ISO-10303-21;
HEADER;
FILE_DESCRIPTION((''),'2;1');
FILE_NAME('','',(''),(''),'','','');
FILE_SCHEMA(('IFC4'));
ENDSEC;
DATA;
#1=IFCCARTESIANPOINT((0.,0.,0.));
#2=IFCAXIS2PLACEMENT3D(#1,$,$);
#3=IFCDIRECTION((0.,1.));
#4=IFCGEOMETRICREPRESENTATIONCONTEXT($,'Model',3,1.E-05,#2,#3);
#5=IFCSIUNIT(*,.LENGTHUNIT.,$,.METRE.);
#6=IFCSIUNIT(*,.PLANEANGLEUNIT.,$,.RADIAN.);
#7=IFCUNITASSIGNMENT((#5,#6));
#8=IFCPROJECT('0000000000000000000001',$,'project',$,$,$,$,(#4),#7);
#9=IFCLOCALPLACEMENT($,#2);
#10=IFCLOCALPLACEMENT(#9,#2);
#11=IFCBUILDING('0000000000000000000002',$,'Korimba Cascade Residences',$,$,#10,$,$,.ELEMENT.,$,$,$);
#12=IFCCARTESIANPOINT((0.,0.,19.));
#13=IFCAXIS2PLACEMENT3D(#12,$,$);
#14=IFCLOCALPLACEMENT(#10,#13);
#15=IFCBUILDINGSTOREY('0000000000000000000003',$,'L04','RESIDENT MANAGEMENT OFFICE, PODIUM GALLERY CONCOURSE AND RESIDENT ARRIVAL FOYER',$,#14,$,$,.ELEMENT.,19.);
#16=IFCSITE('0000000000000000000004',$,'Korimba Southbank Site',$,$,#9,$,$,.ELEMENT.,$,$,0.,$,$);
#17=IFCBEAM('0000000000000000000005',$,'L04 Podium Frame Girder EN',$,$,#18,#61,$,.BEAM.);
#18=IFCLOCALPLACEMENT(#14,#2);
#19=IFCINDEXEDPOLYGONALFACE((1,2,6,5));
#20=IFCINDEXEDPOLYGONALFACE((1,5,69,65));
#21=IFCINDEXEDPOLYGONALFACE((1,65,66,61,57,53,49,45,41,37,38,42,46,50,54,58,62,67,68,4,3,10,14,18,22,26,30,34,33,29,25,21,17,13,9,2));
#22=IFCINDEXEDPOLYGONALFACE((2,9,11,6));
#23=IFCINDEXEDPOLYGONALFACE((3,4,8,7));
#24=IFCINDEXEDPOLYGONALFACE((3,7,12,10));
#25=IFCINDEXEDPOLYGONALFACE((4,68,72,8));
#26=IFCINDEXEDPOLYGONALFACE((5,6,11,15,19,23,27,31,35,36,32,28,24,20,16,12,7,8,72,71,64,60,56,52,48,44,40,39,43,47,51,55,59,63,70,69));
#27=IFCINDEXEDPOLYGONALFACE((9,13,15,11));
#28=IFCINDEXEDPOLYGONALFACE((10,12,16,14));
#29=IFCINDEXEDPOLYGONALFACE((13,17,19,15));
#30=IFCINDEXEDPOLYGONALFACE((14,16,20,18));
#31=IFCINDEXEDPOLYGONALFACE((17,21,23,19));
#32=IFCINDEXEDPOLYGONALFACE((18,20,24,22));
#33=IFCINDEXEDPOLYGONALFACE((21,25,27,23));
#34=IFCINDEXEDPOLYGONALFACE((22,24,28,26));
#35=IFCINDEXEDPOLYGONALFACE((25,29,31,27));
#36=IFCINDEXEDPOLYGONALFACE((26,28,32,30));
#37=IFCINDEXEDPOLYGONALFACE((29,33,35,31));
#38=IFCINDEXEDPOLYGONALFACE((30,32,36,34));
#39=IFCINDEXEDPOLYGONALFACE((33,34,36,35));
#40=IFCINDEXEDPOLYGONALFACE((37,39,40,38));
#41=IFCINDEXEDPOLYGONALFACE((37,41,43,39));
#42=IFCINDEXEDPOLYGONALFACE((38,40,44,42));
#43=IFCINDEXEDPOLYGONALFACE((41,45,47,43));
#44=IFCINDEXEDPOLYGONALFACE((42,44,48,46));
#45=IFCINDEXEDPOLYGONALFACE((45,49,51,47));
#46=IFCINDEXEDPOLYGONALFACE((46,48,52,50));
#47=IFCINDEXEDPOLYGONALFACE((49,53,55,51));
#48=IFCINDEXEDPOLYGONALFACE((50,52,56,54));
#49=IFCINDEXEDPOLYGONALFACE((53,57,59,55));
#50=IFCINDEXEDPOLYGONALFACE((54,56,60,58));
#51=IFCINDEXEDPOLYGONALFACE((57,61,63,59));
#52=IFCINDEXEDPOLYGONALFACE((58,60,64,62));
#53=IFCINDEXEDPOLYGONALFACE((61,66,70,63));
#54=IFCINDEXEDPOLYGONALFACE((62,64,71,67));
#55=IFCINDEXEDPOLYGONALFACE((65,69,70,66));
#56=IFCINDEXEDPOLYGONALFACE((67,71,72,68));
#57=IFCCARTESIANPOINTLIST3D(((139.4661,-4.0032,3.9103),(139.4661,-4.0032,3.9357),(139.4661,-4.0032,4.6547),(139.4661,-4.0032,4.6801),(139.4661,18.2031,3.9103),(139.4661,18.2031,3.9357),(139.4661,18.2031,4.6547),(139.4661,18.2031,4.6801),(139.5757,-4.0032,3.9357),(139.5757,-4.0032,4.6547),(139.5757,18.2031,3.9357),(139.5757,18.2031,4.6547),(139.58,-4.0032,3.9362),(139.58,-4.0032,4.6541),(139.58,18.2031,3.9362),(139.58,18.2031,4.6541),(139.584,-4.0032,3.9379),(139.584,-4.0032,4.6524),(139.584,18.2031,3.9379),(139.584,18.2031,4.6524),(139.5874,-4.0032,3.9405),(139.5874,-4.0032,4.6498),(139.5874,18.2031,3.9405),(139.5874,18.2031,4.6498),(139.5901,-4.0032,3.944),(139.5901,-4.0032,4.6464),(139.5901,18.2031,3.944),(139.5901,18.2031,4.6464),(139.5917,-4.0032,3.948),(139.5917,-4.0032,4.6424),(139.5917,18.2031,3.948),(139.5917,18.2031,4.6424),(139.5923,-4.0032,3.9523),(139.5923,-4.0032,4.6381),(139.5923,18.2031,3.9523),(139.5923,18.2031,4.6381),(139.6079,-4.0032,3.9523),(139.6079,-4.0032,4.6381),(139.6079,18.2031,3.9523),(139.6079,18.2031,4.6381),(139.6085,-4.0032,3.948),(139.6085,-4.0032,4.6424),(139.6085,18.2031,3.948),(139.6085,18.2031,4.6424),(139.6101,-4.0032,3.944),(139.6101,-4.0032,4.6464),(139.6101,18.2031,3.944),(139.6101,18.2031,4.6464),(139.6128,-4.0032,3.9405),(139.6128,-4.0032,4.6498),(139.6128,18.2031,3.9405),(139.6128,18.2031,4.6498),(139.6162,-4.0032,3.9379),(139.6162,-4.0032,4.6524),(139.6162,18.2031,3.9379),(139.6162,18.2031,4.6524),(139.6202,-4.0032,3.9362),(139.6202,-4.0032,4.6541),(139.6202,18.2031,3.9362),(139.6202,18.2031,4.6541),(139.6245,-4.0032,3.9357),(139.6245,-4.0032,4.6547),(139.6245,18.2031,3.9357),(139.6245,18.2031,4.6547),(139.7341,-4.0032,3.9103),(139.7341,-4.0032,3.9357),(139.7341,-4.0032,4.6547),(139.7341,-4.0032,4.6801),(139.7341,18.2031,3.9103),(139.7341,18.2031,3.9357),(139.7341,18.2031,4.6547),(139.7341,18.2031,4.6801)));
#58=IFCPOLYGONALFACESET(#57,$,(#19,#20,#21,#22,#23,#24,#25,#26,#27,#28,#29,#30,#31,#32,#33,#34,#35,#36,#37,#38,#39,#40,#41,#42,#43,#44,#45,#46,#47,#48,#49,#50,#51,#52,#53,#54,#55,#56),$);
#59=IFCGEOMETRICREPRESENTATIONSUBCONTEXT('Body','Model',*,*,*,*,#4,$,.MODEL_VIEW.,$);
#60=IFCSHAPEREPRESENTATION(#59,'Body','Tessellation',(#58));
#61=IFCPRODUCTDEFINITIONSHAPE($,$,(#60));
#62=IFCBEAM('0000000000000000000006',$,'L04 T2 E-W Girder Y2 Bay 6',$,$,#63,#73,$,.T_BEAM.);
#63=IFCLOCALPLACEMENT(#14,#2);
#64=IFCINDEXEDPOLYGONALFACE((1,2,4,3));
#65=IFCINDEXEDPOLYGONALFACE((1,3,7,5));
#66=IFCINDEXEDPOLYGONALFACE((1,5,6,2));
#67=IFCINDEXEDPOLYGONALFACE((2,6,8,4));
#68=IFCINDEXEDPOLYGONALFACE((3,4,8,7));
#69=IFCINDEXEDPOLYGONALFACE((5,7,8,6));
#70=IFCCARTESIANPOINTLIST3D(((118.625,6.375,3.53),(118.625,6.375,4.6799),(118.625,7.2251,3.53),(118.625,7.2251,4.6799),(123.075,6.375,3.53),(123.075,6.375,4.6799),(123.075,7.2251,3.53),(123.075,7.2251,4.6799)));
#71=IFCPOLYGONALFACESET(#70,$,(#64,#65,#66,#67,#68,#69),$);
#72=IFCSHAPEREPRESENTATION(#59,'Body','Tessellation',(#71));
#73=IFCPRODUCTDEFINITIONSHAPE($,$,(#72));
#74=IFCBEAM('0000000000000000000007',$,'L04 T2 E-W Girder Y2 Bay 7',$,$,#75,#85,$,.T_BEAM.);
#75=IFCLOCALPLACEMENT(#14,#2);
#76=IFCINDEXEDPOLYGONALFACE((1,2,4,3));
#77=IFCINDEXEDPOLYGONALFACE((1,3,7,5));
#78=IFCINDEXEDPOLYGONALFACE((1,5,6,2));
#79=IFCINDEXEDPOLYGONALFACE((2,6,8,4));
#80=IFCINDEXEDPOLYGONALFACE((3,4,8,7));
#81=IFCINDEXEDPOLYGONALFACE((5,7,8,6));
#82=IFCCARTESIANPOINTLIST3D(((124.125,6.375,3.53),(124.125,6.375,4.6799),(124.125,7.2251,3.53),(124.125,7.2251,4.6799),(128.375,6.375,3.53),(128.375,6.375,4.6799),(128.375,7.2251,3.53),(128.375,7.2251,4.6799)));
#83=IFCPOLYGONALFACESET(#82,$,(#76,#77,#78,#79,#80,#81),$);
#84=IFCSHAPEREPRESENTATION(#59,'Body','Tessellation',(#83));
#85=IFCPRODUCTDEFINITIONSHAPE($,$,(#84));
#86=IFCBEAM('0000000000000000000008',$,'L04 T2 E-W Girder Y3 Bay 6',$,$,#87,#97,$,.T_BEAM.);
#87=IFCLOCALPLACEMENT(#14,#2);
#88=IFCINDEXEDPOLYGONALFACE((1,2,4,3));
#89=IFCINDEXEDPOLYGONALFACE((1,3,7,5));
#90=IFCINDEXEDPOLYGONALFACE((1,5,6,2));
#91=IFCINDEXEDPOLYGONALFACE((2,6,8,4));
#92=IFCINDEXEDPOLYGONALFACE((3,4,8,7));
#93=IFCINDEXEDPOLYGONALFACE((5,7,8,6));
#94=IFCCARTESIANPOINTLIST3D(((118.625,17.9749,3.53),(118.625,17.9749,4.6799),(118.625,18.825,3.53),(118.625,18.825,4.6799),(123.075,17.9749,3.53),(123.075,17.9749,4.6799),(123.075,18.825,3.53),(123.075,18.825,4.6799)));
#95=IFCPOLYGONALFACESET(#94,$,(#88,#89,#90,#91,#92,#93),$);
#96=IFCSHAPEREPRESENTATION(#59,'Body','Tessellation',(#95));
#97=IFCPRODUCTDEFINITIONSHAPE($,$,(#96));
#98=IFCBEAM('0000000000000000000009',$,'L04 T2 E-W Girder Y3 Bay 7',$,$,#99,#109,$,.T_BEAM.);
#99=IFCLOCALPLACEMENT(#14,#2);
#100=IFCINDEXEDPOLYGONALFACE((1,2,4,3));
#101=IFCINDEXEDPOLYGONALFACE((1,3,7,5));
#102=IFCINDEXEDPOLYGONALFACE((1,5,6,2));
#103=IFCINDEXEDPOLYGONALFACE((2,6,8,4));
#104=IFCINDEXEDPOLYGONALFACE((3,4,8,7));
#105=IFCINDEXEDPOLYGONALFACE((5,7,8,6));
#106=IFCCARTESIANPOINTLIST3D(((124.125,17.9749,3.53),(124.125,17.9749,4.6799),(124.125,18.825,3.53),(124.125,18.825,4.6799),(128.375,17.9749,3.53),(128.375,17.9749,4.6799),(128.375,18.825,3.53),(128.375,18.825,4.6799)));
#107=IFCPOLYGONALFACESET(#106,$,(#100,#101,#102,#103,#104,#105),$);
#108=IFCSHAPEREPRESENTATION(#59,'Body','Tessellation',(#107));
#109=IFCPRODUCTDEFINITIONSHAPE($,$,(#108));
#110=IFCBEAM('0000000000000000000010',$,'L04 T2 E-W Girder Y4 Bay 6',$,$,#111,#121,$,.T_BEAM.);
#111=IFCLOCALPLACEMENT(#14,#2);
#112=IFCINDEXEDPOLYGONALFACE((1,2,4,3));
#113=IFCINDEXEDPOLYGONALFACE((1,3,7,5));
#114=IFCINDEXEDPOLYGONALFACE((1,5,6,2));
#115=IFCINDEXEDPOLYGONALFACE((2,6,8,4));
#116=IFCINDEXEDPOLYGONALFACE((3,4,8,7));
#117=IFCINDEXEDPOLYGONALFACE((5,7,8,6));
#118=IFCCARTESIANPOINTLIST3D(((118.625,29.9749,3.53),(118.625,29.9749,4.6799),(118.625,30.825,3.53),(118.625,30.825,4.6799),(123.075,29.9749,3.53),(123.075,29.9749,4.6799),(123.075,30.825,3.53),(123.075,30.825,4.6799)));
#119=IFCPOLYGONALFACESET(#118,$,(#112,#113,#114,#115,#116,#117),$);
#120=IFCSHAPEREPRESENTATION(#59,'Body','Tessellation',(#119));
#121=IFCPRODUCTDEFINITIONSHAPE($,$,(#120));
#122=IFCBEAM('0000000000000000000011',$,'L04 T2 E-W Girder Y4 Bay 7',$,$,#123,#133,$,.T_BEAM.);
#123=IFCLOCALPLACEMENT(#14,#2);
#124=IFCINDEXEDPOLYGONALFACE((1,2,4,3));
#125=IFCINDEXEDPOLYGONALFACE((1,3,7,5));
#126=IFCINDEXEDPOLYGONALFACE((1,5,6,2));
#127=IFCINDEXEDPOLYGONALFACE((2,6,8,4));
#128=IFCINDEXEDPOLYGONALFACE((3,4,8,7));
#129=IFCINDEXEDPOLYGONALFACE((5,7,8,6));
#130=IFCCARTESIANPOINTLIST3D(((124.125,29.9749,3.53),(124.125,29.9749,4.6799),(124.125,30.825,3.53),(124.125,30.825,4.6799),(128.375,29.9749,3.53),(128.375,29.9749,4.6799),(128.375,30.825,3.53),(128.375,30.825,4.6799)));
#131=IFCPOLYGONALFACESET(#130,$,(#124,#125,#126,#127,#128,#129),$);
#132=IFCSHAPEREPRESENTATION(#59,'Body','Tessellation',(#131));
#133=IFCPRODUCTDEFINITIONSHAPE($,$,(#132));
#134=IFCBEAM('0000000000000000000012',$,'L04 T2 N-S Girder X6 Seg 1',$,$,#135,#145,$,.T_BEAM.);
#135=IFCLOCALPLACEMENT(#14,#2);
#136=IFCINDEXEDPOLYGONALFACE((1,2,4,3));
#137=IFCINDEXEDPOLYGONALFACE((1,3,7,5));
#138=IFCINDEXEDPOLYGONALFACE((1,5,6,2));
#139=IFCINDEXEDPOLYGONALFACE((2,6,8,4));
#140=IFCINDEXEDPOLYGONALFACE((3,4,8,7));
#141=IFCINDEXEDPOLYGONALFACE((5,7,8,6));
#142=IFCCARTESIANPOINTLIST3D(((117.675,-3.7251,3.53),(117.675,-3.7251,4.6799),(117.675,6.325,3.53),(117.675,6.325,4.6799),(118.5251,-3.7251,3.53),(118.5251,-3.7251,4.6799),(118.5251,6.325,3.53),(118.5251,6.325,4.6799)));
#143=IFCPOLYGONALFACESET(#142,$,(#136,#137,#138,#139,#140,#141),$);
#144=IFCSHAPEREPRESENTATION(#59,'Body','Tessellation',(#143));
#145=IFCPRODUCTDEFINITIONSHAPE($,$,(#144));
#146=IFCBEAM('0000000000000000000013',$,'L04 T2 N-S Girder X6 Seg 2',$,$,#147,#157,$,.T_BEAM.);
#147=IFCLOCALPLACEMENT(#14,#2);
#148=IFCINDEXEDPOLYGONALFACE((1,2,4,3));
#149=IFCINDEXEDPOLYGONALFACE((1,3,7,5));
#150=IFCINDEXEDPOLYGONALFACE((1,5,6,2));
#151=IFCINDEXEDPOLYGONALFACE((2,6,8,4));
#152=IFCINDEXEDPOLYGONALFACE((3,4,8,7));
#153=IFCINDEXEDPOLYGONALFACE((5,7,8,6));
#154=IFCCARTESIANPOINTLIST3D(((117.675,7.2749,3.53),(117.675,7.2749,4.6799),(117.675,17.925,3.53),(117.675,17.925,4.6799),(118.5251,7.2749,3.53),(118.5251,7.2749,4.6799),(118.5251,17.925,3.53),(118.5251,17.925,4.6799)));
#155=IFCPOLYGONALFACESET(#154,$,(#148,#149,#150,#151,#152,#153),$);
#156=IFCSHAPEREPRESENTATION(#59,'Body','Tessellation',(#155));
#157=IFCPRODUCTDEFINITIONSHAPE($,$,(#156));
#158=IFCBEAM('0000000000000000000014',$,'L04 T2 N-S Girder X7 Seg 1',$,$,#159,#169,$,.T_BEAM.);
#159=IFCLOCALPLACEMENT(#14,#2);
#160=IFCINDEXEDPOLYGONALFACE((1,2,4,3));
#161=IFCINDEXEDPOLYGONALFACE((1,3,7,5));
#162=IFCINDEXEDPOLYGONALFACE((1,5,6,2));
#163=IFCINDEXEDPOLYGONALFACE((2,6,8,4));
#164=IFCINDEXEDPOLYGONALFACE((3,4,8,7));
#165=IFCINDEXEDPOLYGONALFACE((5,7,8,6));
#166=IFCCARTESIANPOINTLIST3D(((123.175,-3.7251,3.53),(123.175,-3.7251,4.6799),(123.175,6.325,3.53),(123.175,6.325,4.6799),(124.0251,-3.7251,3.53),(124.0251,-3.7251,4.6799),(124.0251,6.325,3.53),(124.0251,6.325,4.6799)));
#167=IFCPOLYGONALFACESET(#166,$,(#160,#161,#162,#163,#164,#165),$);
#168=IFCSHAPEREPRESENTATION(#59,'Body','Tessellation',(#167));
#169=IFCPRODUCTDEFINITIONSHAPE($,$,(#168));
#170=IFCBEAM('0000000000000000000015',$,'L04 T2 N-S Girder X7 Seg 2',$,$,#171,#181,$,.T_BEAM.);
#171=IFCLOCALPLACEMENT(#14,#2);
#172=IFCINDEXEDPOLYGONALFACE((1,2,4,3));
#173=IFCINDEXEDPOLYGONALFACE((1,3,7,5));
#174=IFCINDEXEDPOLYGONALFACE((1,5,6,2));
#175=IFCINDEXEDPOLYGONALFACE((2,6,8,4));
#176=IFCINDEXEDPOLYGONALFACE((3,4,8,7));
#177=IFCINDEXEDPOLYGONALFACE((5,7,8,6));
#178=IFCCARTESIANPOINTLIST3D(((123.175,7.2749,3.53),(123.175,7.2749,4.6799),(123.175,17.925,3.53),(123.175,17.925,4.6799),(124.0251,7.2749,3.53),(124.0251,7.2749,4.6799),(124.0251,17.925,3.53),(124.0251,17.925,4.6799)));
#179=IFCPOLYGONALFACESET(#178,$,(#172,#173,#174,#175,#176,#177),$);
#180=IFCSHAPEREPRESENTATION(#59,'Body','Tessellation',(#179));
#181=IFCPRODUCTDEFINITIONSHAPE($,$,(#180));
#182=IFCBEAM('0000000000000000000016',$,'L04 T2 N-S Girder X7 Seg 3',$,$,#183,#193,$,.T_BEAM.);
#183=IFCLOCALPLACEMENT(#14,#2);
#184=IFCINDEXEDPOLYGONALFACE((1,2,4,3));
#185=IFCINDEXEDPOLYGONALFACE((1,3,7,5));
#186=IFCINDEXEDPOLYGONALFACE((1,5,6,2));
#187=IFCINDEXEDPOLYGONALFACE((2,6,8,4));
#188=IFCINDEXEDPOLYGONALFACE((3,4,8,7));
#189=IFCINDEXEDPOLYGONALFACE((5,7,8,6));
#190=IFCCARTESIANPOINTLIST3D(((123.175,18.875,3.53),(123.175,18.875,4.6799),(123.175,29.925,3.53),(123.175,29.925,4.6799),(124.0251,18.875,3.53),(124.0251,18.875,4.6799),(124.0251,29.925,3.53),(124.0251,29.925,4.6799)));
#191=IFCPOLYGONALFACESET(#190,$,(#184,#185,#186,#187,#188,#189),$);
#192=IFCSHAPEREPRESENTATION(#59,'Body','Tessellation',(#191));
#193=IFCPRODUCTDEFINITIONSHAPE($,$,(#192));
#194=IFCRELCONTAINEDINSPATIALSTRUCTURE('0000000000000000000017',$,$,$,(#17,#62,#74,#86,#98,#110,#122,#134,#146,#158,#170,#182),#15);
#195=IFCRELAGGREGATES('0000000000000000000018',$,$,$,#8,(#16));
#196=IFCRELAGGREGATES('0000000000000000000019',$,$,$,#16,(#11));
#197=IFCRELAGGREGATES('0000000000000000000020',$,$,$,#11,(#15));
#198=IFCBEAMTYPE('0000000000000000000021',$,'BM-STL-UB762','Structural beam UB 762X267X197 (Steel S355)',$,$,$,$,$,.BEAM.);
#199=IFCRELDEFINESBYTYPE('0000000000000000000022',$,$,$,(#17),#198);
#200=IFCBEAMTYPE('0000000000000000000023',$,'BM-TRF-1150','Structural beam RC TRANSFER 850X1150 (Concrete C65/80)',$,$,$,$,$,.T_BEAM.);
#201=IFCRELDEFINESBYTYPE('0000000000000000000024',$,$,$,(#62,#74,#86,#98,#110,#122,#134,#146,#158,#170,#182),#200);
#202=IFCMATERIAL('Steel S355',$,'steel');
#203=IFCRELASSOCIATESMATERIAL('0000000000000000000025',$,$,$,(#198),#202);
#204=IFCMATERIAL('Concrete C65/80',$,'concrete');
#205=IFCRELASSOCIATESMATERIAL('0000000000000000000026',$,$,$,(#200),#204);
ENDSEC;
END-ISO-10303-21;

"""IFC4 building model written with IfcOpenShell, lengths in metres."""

from ifc_helpers import new_model, si_unit, direction, frame, origin, origin_2d, place, context, subcontext, project, spatial, rectangle, i_section, extrude, material, material_profile, profile_set, type_object, element, save


model = new_model("IFC4")

# Units and contexts
model_context = context("Model", 3, precision=1e-05, world=origin(), true_north=direction((0.0, 1.0)))
body_context = subcontext(model_context, "Body", "Model", "MODEL_VIEW")
ifc_project = project(units=[si_unit("LENGTHUNIT", "METRE"), si_unit("PLANEANGLEUNIT", "RADIAN")], contexts=[model_context])

# Site, building, storey
site_placement = place(None, origin())
site = spatial("IfcSite", under=ifc_project, at=site_placement, Name="Korimba Southbank Site", CompositionType="ELEMENT", RefElevation=0.0)
building_placement = place(site_placement, origin())
building = spatial("IfcBuilding", under=site, at=building_placement, Name="Korimba Cascade Residences", CompositionType="ELEMENT")
storey_placement = place(building_placement, frame((0.0, 0.0, 19.0)))
storey = spatial("IfcBuildingStorey", under=building, at=storey_placement, Name="L04", Description="RESIDENT MANAGEMENT OFFICE, PODIUM GALLERY CONCOURSE AND RESIDENT ARRIVAL FOYER", CompositionType="ELEMENT", Elevation=19.0)

# Shared definitions
ifc_material_1 = material(Name="Steel S355", Category="steel")

# Beams
ifc_material_profile_1 = material_profile(ifc_material_1, i_section(OverallWidth=0.2681, OverallDepth=0.7698, WebThickness=0.0156, FlangeThickness=0.0254, FilletRadius=0.0166, at=origin_2d()), Name="Steel S355")
ifc_profile_set_1 = profile_set([ifc_material_profile_1], Name="Steel S355")
beam_type_1 = type_object("IfcBeamType", Name="BM-STL-UB762", Description="Structural beam UB 762X267X197 (Steel S355)", PredefinedType="BEAM", material=ifc_profile_set_1)
beam_1_placement = place(storey_placement, frame((139.6001, -4.0032, 4.2952), z_axis=(0.0, 1.0, 0.0), x_axis=(-1.0, 0.0, 0.0)))
element("IfcBeam", 1, at=beam_1_placement, inside=storey, type_object=beam_type_1, Name="L04 Podium Frame Girder EN", PredefinedType="BEAM", context=body_context, shape_type="SweptSolid", body=[
    extrude(i_section(OverallWidth=0.2681, OverallDepth=0.7698, WebThickness=0.0156, FlangeThickness=0.0254, FilletRadius=0.0166, at=origin_2d()), origin(), (0.0, 0.0, 1.0), 22.2063),
])
ifc_material_2 = material(Name="Concrete C65/80", Category="concrete")
ifc_material_profile_2 = material_profile(ifc_material_2, rectangle(XDim=0.8501, YDim=1.1499, at=origin_2d()), Name="Concrete C65/80")
ifc_profile_set_2 = profile_set([ifc_material_profile_2], Name="Concrete C65/80")
beam_type_2 = type_object("IfcBeamType", Name="BM-TRF-1150", Description="Structural beam RC TRANSFER 850X1150 (Concrete C65/80)", PredefinedType="T_BEAM", material=ifc_profile_set_2)
beam_2_placement = place(storey_placement, frame((118.625, 6.8, 4.105), z_axis=(1.0, 0.0, 0.0), x_axis=(0.0, 1.0, 0.0)))
element("IfcBeam", 2, at=beam_2_placement, inside=storey, type_object=beam_type_2, Name="L04 T2 E-W Girder Y2 Bay 6", PredefinedType="T_BEAM", context=body_context, shape_type="SweptSolid", body=[
    extrude(rectangle(XDim=0.8501, YDim=1.1499, at=origin_2d()), origin(), (0.0, 0.0, 1.0), 4.45),
])
beam_3_placement = place(storey_placement, frame((124.125, 6.8, 4.105), z_axis=(1.0, 0.0, 0.0), x_axis=(0.0, 1.0, 0.0)))
element("IfcBeam", 3, at=beam_3_placement, inside=storey, type_object=beam_type_2, Name="L04 T2 E-W Girder Y2 Bay 7", PredefinedType="T_BEAM", context=body_context, shape_type="SweptSolid", body=[
    extrude(rectangle(XDim=0.8501, YDim=1.1499, at=origin_2d()), origin(), (0.0, 0.0, 1.0), 4.25),
])
beam_4_placement = place(storey_placement, frame((118.625, 18.3999, 4.105), z_axis=(1.0, 0.0, 0.0), x_axis=(0.0, 1.0, 0.0)))
element("IfcBeam", 4, at=beam_4_placement, inside=storey, type_object=beam_type_2, Name="L04 T2 E-W Girder Y3 Bay 6", PredefinedType="T_BEAM", context=body_context, shape_type="SweptSolid", body=[
    extrude(rectangle(XDim=0.8501, YDim=1.1499, at=origin_2d()), origin(), (0.0, 0.0, 1.0), 4.45),
])
beam_5_placement = place(storey_placement, frame((124.125, 18.3999, 4.105), z_axis=(1.0, 0.0, 0.0), x_axis=(0.0, 1.0, 0.0)))
element("IfcBeam", 5, at=beam_5_placement, inside=storey, type_object=beam_type_2, Name="L04 T2 E-W Girder Y3 Bay 7", PredefinedType="T_BEAM", context=body_context, shape_type="SweptSolid", body=[
    extrude(rectangle(XDim=0.8501, YDim=1.1499, at=origin_2d()), origin(), (0.0, 0.0, 1.0), 4.25),
])
beam_6_placement = place(storey_placement, frame((118.625, 30.3999, 4.105), z_axis=(1.0, 0.0, 0.0), x_axis=(0.0, 1.0, 0.0)))
element("IfcBeam", 6, at=beam_6_placement, inside=storey, type_object=beam_type_2, Name="L04 T2 E-W Girder Y4 Bay 6", PredefinedType="T_BEAM", context=body_context, shape_type="SweptSolid", body=[
    extrude(rectangle(XDim=0.8501, YDim=1.1499, at=origin_2d()), origin(), (0.0, 0.0, 1.0), 4.45),
])
beam_7_placement = place(storey_placement, frame((124.125, 30.3999, 4.105), z_axis=(1.0, 0.0, 0.0), x_axis=(0.0, 1.0, 0.0)))
element("IfcBeam", 7, at=beam_7_placement, inside=storey, type_object=beam_type_2, Name="L04 T2 E-W Girder Y4 Bay 7", PredefinedType="T_BEAM", context=body_context, shape_type="SweptSolid", body=[
    extrude(rectangle(XDim=0.8501, YDim=1.1499, at=origin_2d()), origin(), (0.0, 0.0, 1.0), 4.25),
])
beam_8_placement = place(storey_placement, frame((118.1001, -3.7251, 4.105), z_axis=(0.0, 1.0, 0.0), x_axis=(-1.0, 0.0, 0.0)))
element("IfcBeam", 8, at=beam_8_placement, inside=storey, type_object=beam_type_2, Name="L04 T2 N-S Girder X6 Seg 1", PredefinedType="T_BEAM", context=body_context, shape_type="SweptSolid", body=[
    extrude(rectangle(XDim=0.8501, YDim=1.1499, at=origin_2d()), origin(), (0.0, 0.0, 1.0), 10.05),
])
beam_9_placement = place(storey_placement, frame((118.1001, 7.2749, 4.105), z_axis=(0.0, 1.0, 0.0), x_axis=(-1.0, 0.0, 0.0)))
element("IfcBeam", 9, at=beam_9_placement, inside=storey, type_object=beam_type_2, Name="L04 T2 N-S Girder X6 Seg 2", PredefinedType="T_BEAM", context=body_context, shape_type="SweptSolid", body=[
    extrude(rectangle(XDim=0.8501, YDim=1.1499, at=origin_2d()), origin(), (0.0, 0.0, 1.0), 10.6501),
])
beam_10_placement = place(storey_placement, frame((123.6001, -3.7251, 4.105), z_axis=(0.0, 1.0, 0.0), x_axis=(-1.0, 0.0, 0.0)))
element("IfcBeam", 10, at=beam_10_placement, inside=storey, type_object=beam_type_2, Name="L04 T2 N-S Girder X7 Seg 1", PredefinedType="T_BEAM", context=body_context, shape_type="SweptSolid", body=[
    extrude(rectangle(XDim=0.8501, YDim=1.1499, at=origin_2d()), origin(), (0.0, 0.0, 1.0), 10.05),
])
beam_11_placement = place(storey_placement, frame((123.6001, 7.2749, 4.105), z_axis=(0.0, 1.0, 0.0), x_axis=(-1.0, 0.0, 0.0)))
element("IfcBeam", 11, at=beam_11_placement, inside=storey, type_object=beam_type_2, Name="L04 T2 N-S Girder X7 Seg 2", PredefinedType="T_BEAM", context=body_context, shape_type="SweptSolid", body=[
    extrude(rectangle(XDim=0.8501, YDim=1.1499, at=origin_2d()), origin(), (0.0, 0.0, 1.0), 10.6501),
])
beam_12_placement = place(storey_placement, frame((123.6001, 18.875, 4.105), z_axis=(0.0, 1.0, 0.0), x_axis=(-1.0, 0.0, 0.0)))
element("IfcBeam", 12, at=beam_12_placement, inside=storey, type_object=beam_type_2, Name="L04 T2 N-S Girder X7 Seg 3", PredefinedType="T_BEAM", context=body_context, shape_type="SweptSolid", body=[
    extrude(rectangle(XDim=0.8501, YDim=1.1499, at=origin_2d()), origin(), (0.0, 0.0, 1.0), 11.05),
])

save(model, "model.ifc")
